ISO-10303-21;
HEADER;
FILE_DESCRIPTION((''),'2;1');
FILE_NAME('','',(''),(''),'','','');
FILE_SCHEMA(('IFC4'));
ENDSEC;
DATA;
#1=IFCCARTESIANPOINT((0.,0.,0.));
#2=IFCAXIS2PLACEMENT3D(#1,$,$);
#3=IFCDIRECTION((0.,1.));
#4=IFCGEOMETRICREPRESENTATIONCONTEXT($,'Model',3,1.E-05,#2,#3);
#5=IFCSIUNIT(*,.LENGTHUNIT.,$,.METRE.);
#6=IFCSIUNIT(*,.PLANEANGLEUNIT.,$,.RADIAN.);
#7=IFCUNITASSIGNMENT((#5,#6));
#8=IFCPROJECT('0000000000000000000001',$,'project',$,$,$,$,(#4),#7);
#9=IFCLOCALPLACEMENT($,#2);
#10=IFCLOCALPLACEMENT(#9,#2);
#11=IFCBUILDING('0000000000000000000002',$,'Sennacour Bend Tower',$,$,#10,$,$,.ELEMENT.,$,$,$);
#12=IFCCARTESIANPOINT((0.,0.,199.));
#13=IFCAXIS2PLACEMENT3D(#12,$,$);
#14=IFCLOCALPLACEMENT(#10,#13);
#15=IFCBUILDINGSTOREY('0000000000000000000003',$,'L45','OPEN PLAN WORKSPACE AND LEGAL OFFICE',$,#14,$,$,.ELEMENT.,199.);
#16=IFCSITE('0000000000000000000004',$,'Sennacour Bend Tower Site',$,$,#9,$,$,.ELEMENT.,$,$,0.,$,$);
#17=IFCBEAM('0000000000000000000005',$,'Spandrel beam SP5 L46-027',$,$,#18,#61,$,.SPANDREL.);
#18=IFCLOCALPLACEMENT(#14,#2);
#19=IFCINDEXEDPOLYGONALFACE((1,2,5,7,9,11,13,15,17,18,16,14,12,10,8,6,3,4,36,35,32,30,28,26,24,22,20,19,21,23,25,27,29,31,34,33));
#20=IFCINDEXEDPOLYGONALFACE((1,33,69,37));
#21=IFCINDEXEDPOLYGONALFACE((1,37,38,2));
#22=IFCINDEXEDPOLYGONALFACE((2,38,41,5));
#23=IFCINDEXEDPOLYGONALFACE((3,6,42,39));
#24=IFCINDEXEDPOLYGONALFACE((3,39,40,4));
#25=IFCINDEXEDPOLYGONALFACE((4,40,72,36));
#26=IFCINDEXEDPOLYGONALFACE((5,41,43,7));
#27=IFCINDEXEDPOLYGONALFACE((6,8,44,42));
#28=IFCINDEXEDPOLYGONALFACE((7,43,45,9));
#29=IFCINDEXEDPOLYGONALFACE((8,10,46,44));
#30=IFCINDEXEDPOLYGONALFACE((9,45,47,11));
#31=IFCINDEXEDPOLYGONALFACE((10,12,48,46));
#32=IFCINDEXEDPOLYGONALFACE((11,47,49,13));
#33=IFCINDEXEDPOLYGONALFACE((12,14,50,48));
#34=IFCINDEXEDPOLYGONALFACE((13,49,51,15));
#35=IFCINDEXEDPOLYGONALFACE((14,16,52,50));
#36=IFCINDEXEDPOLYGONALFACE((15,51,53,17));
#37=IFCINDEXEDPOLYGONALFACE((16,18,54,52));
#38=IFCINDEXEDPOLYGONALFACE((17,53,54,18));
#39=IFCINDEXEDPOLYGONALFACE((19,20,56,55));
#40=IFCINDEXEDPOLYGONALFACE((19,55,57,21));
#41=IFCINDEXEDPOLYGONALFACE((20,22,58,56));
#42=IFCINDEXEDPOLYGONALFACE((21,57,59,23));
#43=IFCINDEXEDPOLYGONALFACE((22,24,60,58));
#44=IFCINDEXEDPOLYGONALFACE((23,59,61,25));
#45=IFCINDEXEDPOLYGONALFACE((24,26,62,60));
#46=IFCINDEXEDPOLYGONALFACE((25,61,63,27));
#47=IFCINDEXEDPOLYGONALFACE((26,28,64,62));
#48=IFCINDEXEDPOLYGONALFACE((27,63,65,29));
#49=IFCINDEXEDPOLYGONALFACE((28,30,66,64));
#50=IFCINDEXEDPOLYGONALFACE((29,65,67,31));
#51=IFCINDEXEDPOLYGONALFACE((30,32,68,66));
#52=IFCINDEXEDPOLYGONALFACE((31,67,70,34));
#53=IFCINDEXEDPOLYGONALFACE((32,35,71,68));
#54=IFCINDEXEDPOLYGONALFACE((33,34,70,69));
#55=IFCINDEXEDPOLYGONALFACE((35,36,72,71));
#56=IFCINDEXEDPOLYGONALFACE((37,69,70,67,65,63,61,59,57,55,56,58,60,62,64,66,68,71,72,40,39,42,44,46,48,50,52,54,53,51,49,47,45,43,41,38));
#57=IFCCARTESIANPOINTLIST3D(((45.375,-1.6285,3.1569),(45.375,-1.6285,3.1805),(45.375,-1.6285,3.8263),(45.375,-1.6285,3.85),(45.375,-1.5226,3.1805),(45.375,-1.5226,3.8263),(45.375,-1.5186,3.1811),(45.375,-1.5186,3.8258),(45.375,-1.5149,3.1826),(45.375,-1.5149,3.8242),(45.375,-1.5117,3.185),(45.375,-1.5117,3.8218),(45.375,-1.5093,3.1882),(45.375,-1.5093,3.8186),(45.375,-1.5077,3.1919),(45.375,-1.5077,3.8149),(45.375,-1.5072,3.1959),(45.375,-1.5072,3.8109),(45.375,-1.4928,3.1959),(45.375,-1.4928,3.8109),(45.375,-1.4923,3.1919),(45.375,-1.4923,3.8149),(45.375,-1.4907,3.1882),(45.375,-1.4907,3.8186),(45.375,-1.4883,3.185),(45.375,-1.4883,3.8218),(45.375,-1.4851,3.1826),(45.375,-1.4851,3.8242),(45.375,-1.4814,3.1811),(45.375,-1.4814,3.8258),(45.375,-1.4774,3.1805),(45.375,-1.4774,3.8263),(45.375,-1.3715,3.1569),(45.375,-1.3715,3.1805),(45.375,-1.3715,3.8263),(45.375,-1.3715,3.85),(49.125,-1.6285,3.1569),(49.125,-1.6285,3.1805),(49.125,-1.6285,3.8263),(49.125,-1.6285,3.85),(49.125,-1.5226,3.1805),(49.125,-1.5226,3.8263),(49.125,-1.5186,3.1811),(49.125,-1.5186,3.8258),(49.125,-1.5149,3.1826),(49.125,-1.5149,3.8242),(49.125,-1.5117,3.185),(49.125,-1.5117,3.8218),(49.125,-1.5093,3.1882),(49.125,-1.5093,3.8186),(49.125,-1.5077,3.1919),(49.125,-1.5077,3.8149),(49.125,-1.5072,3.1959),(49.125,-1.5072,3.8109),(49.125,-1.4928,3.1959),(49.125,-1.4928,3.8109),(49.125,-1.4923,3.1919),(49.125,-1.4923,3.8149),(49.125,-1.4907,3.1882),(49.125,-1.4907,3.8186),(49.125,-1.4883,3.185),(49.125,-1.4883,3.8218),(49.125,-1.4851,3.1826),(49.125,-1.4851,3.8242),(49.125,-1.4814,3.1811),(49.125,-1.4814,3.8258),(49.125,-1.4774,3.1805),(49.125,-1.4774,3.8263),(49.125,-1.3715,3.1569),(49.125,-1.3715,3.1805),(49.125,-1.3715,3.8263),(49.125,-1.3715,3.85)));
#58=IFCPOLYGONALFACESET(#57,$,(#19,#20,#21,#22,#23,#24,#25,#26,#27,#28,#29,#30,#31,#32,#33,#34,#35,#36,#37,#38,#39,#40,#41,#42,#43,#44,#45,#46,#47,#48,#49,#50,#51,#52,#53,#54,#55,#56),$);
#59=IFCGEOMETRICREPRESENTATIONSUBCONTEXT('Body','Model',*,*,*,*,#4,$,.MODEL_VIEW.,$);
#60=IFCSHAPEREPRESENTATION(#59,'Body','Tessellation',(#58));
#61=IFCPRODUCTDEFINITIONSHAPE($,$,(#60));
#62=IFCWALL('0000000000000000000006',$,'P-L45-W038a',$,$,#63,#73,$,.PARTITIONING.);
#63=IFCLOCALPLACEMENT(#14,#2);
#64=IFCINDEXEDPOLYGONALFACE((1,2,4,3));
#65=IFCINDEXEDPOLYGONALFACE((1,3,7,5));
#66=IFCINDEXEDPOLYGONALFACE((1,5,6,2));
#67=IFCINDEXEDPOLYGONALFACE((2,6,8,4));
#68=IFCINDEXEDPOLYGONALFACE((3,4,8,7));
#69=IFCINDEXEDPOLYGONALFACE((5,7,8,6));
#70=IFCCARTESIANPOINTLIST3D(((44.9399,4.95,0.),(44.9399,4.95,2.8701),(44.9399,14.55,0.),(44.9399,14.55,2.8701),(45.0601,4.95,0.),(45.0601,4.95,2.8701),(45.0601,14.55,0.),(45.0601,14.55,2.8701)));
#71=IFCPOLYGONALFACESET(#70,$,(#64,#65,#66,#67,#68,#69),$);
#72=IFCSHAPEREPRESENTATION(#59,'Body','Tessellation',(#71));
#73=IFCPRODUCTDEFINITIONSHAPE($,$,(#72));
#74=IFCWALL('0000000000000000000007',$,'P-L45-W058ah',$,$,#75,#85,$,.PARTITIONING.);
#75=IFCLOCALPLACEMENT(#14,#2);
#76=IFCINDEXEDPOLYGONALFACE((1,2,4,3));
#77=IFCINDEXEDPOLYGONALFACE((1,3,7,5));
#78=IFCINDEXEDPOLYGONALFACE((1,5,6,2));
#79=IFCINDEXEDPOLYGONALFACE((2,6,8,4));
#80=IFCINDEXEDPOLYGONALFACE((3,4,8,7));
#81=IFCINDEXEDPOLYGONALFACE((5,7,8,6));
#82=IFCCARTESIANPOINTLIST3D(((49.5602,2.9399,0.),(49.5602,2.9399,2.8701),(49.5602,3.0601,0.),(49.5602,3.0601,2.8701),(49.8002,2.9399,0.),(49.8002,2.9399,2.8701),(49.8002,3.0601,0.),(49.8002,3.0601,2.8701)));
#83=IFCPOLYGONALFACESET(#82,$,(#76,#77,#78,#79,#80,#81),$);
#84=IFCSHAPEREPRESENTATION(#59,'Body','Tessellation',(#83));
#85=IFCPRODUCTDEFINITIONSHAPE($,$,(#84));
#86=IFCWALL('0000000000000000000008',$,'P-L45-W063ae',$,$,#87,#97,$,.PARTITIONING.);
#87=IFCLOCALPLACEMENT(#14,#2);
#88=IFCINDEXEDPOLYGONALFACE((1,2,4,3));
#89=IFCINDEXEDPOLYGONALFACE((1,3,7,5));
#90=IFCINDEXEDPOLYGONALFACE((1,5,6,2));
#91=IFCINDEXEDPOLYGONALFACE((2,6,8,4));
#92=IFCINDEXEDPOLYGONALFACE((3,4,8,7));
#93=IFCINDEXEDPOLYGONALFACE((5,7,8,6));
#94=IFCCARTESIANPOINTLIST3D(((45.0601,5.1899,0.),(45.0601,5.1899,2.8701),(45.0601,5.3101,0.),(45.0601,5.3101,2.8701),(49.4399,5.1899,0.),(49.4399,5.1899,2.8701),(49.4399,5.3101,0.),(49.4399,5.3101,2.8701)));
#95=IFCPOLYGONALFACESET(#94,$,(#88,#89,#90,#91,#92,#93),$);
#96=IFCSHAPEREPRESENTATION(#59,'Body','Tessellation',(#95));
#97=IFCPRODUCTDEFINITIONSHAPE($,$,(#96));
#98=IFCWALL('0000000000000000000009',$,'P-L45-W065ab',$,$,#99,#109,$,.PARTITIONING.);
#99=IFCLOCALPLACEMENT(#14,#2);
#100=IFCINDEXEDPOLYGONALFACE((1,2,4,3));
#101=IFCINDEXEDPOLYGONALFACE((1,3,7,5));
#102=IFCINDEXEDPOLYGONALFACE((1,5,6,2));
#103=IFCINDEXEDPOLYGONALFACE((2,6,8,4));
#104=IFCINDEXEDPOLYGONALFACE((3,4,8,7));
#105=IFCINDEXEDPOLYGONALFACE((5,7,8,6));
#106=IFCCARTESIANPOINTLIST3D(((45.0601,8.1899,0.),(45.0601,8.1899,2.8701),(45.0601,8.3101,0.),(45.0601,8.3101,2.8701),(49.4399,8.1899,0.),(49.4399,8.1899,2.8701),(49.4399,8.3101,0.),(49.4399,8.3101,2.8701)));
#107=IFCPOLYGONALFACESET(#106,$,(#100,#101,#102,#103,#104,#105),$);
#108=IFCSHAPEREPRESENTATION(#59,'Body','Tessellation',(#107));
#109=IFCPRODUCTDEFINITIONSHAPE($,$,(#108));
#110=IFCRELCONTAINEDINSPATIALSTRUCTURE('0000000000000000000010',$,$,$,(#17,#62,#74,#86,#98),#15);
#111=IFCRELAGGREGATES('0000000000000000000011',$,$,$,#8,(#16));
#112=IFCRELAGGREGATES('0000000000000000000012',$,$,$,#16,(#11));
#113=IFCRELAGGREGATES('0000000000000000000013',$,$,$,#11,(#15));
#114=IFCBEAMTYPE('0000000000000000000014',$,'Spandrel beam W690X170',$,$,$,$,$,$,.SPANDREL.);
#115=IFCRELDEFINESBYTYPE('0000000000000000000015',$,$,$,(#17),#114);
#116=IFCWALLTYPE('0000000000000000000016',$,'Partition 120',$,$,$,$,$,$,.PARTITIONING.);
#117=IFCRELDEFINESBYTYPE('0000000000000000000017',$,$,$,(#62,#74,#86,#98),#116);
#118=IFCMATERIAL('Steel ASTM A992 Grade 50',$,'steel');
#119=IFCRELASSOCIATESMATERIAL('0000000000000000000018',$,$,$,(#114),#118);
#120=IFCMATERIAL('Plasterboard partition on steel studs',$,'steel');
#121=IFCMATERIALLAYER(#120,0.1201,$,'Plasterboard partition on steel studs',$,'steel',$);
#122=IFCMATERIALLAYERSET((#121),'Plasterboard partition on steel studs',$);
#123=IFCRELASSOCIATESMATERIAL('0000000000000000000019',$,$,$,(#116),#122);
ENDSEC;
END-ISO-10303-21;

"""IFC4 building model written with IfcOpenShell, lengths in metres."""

from ifc_helpers import new_model, si_unit, direction, frame, frame_2d, origin, origin_2d, place, context, subcontext, project, spatial, rectangle, i_section, extrude, material, layer, layer_set, material_profile, profile_set, type_object, element, save


model = new_model("IFC4")

# Units and contexts
model_context = context("Model", 3, precision=1e-05, world=origin(), true_north=direction((0.0, 1.0)))
body_context = subcontext(model_context, "Body", "Model", "MODEL_VIEW")
ifc_project = project(units=[si_unit("LENGTHUNIT", "METRE"), si_unit("PLANEANGLEUNIT", "RADIAN")], contexts=[model_context])

# Site, building, storey
site_placement = place(None, origin())
site = spatial("IfcSite", under=ifc_project, at=site_placement, Name="Sennacour Bend Tower Site", CompositionType="ELEMENT", RefElevation=0.0)
building_placement = place(site_placement, origin())
building = spatial("IfcBuilding", under=site, at=building_placement, Name="Sennacour Bend Tower", CompositionType="ELEMENT")
storey_placement = place(building_placement, frame((0.0, 0.0, 199.0)))
storey = spatial("IfcBuildingStorey", under=building, at=storey_placement, Name="L45", Description="OPEN PLAN WORKSPACE AND LEGAL OFFICE", CompositionType="ELEMENT", Elevation=199.0)

# Beam
ifc_material_1 = material(Name="Steel ASTM A992 Grade 50", Category="steel")
ifc_material_profile_1 = material_profile(ifc_material_1, i_section(OverallWidth=0.2571, OverallDepth=0.6931, WebThickness=0.0144, FlangeThickness=0.0237, FilletRadius=0.0154, at=origin_2d()), Name="Steel ASTM A992 Grade 50", Category="steel")
ifc_profile_set_1 = profile_set([ifc_material_profile_1], Name="Steel ASTM A992 Grade 50")
beam_type_1 = type_object("IfcBeamType", Name="Spandrel beam W690X170", PredefinedType="SPANDREL", material=ifc_profile_set_1)
beam_1_placement = place(storey_placement, frame((49.125, -1.5, 3.5034), z_axis=(-1.0, 0.0, 0.0), x_axis=(0.0, -1.0, 0.0)))
element("IfcBeam", 1, at=beam_1_placement, inside=storey, type_object=beam_type_1, Name="Spandrel beam SP5 L46-027", PredefinedType="SPANDREL", context=body_context, shape_type="SweptSolid", body=[
    extrude(i_section(OverallWidth=0.2571, OverallDepth=0.6931, WebThickness=0.0144, FlangeThickness=0.0237, FilletRadius=0.0154, at=origin_2d()), origin(), (0.0, 0.0, 1.0), 3.75),
])

# Walls
ifc_material_2 = material(Name="Plasterboard partition on steel studs", Category="steel")
ifc_layer_1 = layer(ifc_material_2, 0.1201, Name="Plasterboard partition on steel studs", Category="steel")
ifc_layer_set_1 = layer_set([ifc_layer_1], Name="Plasterboard partition on steel studs")
wall_type_1 = type_object("IfcWallType", Name="Partition 120", PredefinedType="PARTITIONING", material=ifc_layer_set_1)
wall_1_placement = place(storey_placement, frame((45.0, 4.95, 0.0), z_axis=(0.0, 0.0, 1.0), x_axis=(0.0, 1.0, 0.0)))
element("IfcWall", 2, at=wall_1_placement, inside=storey, type_object=wall_type_1, Name="P-L45-W038a", PredefinedType="PARTITIONING", context=body_context, shape_type="SweptSolid", body=[
    extrude(rectangle(XDim=9.6001, YDim=0.1201, at=frame_2d((4.8, 0.0))), origin(), (0.0, 0.0, 1.0), 2.8701),
])
wall_2_placement = place(storey_placement, frame((49.5601, 3.0, 0.0), z_axis=(0.0, 0.0, 1.0), x_axis=(1.0, 0.0, 0.0)))
element("IfcWall", 3, at=wall_2_placement, inside=storey, type_object=wall_type_1, Name="P-L45-W058ah", PredefinedType="PARTITIONING", context=body_context, shape_type="SweptSolid", body=[
    extrude(rectangle(XDim=0.24, YDim=0.1201, at=frame_2d((0.1201, 0.0))), origin(), (0.0, 0.0, 1.0), 2.8701),
])
for number, where, z_axis, x_axis, name in (
    (4, (45.0601, 5.25, 0.0), (0.0, 0.0, 1.0), (1.0, 0.0, 0.0), "P-L45-W063ae"),
    (5, (45.0601, 8.25, 0.0), (0.0, 0.0, 1.0), (1.0, 0.0, 0.0), "P-L45-W065ab"),
):
    element("IfcWall", number, at=place(storey_placement, frame(where, z_axis=z_axis, x_axis=x_axis)), inside=storey, type_object=wall_type_1, Name=name, PredefinedType="PARTITIONING", context=body_context, shape_type="SweptSolid", body=[
        extrude(rectangle(XDim=4.3799, YDim=0.1201, at=frame_2d((2.1899, 0.0))), origin(), (0.0, 0.0, 1.0), 2.8701),
    ])

save(model, "model.ifc")
